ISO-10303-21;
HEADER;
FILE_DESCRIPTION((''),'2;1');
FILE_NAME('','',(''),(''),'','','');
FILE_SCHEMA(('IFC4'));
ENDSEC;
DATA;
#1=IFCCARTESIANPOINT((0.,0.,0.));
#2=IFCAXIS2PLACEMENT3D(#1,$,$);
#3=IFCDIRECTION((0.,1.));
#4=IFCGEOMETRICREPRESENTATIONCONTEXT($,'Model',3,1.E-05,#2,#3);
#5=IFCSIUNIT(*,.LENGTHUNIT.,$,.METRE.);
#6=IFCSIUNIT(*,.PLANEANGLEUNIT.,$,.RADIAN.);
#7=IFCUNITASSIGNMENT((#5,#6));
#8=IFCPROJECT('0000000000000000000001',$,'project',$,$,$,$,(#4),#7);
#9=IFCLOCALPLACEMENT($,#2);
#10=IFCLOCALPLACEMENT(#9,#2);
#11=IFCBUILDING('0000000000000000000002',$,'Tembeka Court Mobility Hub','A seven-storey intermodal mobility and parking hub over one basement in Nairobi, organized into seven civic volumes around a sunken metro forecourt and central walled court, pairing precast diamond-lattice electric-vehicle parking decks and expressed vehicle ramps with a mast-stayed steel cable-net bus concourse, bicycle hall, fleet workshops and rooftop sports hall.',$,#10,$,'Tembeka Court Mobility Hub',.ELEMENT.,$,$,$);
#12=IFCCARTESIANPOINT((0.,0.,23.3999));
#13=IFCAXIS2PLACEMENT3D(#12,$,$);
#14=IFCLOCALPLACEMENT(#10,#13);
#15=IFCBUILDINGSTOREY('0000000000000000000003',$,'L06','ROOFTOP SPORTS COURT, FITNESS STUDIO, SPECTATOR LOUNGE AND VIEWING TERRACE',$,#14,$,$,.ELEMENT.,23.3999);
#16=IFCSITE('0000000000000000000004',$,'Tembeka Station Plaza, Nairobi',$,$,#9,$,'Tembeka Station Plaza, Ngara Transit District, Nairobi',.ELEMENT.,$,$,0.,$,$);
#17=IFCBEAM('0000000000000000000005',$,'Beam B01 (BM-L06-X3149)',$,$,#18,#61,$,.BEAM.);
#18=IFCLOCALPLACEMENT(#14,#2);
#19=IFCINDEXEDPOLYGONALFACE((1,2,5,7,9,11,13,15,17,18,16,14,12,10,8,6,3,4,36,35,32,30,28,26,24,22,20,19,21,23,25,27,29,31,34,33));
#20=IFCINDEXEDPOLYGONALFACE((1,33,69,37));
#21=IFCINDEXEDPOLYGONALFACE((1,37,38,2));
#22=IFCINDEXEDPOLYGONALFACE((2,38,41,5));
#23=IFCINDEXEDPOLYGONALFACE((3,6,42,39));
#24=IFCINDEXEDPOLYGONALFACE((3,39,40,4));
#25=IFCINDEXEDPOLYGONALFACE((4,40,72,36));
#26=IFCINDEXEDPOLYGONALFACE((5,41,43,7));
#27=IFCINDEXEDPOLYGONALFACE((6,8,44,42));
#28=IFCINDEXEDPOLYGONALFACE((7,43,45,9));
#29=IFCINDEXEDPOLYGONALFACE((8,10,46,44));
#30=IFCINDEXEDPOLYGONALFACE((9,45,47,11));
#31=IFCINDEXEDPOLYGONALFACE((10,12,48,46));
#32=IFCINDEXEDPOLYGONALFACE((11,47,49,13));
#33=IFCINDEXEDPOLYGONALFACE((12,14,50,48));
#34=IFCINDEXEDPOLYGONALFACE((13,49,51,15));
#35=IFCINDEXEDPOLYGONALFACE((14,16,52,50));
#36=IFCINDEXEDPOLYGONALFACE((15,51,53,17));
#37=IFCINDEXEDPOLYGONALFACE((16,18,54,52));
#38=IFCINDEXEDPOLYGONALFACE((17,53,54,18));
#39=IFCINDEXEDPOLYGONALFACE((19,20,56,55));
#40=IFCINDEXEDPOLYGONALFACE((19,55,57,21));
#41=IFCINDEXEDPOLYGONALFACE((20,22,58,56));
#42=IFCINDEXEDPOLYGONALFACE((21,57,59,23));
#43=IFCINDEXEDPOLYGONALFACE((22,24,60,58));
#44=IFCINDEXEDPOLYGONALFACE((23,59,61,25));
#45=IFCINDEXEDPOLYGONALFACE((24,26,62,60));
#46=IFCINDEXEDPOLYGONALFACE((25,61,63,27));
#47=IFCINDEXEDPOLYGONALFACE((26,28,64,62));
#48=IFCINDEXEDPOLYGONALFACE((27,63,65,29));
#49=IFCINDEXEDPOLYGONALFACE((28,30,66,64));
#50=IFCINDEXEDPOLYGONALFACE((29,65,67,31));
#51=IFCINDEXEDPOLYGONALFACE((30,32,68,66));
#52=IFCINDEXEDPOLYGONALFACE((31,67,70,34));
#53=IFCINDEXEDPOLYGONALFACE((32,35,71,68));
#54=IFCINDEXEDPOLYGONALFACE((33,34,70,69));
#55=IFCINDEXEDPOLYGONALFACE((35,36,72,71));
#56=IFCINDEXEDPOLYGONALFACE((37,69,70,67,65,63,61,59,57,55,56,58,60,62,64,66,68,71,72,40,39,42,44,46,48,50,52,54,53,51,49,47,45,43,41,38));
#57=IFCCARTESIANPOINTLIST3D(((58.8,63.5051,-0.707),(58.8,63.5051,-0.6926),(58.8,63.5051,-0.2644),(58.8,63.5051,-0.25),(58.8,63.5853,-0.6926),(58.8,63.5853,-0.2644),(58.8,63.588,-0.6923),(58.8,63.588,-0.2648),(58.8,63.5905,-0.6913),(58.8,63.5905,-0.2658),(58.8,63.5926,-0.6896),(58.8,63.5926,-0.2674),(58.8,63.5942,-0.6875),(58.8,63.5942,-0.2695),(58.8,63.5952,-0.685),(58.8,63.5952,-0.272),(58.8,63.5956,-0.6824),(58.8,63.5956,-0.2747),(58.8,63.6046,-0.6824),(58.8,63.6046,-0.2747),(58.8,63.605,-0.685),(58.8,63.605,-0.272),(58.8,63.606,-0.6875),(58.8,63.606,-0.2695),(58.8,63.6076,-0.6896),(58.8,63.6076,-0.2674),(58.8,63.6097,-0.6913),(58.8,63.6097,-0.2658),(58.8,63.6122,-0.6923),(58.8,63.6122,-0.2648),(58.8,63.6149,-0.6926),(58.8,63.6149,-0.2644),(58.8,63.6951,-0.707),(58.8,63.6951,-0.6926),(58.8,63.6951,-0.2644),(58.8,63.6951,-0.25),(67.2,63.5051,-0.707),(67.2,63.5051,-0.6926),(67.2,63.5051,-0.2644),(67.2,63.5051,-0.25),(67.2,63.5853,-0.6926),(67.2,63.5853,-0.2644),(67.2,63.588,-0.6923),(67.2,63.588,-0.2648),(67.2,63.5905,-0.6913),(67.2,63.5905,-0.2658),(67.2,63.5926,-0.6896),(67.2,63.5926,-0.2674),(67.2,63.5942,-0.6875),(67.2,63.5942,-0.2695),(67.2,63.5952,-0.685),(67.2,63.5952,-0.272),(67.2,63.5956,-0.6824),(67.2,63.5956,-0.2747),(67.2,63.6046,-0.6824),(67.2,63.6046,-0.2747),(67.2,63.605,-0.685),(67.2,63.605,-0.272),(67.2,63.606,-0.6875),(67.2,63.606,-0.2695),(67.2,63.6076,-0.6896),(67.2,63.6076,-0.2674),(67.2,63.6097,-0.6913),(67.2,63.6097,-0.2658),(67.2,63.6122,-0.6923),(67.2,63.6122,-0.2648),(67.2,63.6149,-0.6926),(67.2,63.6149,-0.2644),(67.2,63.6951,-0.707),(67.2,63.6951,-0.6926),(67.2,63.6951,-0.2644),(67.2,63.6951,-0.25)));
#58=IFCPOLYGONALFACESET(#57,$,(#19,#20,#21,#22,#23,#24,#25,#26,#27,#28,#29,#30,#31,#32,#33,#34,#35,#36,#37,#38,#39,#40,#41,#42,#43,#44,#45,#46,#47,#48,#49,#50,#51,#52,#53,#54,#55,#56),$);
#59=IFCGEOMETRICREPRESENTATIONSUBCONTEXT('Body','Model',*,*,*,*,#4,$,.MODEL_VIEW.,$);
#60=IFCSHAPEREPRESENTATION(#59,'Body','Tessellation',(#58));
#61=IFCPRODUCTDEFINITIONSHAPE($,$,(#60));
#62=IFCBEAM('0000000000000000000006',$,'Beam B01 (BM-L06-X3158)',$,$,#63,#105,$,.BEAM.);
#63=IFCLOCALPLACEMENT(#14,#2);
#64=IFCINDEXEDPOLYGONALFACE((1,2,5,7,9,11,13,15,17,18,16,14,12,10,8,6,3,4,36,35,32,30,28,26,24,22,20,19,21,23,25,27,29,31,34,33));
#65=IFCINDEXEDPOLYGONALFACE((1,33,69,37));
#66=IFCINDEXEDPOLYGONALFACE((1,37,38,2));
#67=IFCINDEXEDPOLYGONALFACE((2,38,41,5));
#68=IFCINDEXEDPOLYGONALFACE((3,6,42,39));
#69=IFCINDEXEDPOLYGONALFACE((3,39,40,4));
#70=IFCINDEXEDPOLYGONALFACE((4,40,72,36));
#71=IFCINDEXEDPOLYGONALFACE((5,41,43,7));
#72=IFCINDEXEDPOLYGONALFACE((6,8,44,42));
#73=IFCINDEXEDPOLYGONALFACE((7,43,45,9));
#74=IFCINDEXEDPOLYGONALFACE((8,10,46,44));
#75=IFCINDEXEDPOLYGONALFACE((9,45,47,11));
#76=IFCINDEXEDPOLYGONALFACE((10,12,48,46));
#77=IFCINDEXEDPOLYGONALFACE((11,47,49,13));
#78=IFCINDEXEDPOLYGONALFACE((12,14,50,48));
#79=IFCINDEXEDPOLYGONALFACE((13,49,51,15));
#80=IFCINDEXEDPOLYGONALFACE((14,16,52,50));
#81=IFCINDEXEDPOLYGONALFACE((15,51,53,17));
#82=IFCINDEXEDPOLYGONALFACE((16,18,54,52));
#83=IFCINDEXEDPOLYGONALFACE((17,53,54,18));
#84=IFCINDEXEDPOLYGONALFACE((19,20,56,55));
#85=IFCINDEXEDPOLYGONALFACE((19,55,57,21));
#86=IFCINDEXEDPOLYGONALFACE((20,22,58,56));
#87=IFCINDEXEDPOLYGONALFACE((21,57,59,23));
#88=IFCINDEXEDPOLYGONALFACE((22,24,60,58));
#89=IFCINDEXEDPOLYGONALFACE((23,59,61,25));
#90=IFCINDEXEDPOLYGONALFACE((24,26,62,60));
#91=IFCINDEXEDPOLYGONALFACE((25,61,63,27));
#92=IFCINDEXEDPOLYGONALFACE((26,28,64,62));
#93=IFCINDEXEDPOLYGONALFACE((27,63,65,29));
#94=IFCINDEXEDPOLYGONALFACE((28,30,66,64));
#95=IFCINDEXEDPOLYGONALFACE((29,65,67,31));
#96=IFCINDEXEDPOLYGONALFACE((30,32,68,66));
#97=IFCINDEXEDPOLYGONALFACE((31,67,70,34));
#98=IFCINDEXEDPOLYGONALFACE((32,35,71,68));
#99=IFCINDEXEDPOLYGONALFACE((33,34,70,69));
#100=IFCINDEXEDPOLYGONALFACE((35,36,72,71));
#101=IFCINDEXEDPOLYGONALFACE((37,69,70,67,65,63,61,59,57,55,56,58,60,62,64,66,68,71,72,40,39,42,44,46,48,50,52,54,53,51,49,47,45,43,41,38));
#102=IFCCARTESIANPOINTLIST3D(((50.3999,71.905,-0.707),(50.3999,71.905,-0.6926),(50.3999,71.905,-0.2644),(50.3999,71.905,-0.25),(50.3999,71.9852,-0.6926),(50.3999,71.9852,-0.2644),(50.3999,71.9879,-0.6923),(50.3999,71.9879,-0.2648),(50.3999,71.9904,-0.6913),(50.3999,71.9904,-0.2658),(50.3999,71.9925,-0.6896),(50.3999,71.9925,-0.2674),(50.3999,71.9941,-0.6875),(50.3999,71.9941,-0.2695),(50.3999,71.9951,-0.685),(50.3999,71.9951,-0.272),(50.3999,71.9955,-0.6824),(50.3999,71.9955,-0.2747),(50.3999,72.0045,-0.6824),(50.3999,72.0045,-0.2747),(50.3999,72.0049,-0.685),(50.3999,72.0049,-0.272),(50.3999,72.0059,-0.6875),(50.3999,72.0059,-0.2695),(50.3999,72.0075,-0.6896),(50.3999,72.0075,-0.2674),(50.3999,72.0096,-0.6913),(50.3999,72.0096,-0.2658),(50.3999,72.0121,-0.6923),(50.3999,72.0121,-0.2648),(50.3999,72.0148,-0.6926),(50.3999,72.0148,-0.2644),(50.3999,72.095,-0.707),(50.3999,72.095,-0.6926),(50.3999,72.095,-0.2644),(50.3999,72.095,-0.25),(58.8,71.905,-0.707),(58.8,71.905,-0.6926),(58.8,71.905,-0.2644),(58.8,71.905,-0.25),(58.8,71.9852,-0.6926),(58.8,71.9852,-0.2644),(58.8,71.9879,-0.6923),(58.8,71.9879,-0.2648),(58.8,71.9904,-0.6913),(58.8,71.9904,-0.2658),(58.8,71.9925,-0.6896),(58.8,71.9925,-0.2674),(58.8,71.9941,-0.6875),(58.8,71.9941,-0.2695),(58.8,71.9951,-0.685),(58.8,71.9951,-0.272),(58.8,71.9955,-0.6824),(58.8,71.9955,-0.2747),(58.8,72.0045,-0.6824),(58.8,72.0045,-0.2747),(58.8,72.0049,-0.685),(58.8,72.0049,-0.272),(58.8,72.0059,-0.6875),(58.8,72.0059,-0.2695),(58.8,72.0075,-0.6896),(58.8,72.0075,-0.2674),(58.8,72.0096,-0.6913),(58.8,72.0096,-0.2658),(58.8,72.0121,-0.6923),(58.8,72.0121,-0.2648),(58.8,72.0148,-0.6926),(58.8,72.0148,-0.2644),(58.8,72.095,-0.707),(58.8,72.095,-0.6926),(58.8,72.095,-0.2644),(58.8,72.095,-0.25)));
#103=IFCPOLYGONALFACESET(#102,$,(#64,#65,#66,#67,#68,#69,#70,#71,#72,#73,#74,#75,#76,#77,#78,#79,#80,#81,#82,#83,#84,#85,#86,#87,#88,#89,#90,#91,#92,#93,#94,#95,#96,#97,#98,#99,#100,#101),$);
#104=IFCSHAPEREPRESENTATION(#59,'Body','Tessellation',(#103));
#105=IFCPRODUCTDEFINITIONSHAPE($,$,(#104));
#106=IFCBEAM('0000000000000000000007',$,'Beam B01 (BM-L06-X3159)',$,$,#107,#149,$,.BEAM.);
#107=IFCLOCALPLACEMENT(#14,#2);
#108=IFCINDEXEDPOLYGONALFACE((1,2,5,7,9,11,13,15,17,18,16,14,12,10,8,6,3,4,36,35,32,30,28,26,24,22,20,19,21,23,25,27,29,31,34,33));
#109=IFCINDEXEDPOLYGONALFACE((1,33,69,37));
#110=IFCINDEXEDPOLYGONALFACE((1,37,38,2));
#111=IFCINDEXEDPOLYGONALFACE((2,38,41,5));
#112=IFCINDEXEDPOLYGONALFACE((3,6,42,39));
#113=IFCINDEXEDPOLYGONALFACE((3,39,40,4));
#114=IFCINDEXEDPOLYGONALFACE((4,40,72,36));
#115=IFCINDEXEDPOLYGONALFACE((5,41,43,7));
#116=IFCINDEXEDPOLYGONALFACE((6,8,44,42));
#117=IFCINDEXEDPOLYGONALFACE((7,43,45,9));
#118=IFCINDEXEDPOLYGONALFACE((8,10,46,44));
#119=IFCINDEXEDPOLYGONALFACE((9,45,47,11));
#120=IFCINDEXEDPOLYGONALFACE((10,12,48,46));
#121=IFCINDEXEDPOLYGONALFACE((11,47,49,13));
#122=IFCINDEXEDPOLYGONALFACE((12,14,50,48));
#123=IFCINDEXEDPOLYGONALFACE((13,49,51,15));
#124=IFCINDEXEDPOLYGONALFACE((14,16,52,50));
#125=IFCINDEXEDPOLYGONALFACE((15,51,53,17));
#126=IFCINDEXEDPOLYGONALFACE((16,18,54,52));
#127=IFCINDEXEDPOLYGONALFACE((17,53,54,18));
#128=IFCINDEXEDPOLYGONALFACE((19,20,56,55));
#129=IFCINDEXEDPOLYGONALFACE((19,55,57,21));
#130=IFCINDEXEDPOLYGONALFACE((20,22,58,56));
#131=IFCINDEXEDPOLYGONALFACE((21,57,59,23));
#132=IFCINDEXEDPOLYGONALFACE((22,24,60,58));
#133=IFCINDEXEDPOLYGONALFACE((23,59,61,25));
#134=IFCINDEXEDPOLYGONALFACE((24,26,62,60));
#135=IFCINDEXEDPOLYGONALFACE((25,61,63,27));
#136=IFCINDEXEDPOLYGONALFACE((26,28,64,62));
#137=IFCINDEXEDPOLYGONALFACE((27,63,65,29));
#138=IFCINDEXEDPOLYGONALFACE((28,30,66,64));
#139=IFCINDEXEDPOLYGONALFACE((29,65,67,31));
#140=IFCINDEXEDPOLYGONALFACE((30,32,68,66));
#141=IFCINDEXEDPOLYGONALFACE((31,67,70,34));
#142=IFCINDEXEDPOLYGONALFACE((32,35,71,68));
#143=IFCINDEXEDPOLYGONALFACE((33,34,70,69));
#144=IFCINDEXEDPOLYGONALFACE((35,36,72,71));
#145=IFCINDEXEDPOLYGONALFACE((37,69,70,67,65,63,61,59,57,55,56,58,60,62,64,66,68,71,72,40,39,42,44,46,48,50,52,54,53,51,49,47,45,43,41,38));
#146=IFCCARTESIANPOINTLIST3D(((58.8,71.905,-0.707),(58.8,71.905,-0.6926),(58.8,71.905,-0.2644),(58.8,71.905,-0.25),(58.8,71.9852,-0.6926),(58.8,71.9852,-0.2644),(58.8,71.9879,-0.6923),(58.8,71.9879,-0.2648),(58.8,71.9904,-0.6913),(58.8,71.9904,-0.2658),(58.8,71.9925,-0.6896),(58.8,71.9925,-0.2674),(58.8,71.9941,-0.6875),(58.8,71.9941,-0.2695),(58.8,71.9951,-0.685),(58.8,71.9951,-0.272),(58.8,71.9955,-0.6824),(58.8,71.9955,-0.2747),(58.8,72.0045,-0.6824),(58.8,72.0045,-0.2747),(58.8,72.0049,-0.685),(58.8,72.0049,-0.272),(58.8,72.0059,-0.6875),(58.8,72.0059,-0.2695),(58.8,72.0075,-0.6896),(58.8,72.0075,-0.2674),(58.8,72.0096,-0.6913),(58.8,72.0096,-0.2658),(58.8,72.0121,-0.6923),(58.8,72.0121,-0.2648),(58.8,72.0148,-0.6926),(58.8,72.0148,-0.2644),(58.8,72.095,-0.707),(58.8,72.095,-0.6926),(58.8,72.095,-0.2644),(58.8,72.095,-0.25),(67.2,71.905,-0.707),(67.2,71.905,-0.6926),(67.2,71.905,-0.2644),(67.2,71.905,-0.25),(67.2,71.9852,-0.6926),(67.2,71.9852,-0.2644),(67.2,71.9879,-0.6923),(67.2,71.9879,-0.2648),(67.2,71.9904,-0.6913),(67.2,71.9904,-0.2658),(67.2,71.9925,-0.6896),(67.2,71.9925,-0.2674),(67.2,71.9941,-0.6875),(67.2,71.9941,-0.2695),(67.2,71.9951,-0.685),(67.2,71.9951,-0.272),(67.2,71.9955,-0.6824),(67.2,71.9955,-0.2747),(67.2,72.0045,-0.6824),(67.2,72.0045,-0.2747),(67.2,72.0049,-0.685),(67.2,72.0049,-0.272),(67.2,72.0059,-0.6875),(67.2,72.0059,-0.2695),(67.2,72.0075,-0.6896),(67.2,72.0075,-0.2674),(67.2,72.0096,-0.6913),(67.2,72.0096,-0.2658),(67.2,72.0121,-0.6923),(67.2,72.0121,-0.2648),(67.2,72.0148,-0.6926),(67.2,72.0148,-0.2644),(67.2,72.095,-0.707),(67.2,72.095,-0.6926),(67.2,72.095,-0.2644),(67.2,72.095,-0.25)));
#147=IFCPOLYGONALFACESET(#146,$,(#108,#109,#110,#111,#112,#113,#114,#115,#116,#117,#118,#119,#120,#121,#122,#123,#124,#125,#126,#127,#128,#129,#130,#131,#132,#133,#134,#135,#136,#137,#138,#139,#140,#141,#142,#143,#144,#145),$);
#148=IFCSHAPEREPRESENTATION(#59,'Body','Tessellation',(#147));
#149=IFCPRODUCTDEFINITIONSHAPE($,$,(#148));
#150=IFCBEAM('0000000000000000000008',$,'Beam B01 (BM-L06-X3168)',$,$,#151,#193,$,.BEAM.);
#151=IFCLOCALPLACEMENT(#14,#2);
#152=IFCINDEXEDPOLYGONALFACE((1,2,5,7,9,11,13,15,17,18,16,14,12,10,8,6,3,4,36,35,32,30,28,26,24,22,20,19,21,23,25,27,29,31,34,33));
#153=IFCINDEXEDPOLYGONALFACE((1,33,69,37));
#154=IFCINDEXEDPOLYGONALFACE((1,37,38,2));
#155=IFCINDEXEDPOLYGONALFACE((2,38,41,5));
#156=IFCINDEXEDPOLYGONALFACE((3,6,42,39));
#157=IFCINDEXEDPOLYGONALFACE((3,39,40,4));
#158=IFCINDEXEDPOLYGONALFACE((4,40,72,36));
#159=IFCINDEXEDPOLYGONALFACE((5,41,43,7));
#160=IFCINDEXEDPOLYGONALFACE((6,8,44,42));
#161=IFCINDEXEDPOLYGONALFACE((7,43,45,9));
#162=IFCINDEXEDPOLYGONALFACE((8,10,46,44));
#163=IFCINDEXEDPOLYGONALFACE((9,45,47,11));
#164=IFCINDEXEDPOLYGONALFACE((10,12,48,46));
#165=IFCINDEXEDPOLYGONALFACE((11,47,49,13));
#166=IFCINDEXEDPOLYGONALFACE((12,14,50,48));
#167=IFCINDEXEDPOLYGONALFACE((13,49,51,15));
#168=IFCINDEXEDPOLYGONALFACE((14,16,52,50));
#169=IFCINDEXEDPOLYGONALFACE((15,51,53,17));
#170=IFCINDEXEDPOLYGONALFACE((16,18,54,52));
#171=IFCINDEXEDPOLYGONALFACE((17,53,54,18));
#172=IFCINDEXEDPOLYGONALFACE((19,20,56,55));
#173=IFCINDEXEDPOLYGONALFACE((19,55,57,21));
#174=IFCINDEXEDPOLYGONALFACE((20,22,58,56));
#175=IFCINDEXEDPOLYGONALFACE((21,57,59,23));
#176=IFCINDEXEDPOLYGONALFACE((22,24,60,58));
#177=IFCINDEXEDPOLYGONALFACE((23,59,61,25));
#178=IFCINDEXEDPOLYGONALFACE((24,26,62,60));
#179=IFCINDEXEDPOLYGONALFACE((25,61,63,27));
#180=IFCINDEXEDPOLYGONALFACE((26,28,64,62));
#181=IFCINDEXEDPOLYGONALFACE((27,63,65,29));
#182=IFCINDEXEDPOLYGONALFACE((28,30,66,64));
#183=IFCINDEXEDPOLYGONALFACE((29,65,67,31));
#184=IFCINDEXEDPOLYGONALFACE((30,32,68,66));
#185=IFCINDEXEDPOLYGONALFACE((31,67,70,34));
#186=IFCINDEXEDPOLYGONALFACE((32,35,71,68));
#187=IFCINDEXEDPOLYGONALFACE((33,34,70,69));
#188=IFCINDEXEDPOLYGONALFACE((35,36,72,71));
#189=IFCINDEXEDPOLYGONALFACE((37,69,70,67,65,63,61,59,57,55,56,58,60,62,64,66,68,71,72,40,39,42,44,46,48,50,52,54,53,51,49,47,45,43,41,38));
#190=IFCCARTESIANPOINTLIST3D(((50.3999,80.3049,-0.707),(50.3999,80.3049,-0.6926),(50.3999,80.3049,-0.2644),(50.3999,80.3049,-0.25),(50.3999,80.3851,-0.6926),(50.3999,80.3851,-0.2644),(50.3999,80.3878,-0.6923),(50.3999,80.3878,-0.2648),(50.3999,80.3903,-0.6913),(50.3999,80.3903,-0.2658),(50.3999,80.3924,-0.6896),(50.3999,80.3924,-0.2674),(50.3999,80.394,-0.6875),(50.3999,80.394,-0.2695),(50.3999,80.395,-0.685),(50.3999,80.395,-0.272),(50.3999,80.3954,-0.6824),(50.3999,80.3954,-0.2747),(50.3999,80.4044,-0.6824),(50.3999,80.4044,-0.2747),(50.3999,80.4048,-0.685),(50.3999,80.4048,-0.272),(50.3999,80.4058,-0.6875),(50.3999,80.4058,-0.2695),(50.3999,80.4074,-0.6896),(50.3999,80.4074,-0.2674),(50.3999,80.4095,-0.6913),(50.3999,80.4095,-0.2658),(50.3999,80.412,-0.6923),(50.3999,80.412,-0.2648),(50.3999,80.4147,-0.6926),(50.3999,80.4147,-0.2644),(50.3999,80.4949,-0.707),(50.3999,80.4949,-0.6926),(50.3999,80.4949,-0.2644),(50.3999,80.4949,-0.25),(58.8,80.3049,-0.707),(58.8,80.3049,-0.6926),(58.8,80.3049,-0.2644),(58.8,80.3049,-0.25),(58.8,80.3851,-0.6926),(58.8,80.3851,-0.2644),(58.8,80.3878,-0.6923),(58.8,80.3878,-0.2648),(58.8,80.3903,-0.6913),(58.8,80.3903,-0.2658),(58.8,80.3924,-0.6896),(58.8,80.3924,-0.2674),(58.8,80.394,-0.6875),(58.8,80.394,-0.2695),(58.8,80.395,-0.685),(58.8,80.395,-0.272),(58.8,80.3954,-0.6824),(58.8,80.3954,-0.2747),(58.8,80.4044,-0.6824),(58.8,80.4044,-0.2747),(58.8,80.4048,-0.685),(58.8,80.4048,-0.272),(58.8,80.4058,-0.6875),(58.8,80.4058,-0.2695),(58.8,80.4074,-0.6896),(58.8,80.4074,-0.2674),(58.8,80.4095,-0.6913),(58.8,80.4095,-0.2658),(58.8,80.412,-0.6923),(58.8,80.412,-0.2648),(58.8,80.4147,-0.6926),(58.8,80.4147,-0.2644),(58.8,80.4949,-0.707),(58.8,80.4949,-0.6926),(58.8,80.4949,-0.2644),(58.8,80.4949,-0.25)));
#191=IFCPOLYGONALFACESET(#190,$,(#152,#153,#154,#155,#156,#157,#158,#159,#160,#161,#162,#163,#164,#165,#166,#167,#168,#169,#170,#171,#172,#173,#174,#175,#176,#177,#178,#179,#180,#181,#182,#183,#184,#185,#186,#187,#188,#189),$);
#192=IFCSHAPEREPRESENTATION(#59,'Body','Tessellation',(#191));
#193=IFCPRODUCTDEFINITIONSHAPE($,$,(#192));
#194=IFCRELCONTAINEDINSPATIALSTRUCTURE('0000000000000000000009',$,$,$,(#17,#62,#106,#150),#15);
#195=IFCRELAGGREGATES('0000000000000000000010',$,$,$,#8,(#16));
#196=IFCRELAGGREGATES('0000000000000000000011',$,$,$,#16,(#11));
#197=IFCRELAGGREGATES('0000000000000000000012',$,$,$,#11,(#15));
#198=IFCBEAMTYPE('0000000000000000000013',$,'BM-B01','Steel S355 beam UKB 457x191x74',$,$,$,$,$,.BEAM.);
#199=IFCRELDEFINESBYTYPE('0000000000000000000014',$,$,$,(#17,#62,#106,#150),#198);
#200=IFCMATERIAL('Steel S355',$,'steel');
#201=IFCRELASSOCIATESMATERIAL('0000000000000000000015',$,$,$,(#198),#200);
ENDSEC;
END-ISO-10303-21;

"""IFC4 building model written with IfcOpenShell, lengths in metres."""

from ifc_helpers import new_model, si_unit, direction, frame, origin, origin_2d, place, context, subcontext, project, spatial, i_section, extrude, material, material_profile, profile_set, type_object, element, save


model = new_model("IFC4")

# Units and contexts
model_context = context("Model", 3, precision=1e-05, world=origin(), true_north=direction((0.0, 1.0)))
body_context = subcontext(model_context, "Body", "Model", "MODEL_VIEW")
ifc_project = project(units=[si_unit("LENGTHUNIT", "METRE"), si_unit("PLANEANGLEUNIT", "RADIAN")], contexts=[model_context])

# Site, building, storey
site_placement = place(None, origin())
site = spatial("IfcSite", under=ifc_project, at=site_placement, Name="Tembeka Station Plaza, Nairobi", LongName="Tembeka Station Plaza, Ngara Transit District, Nairobi", CompositionType="ELEMENT", RefElevation=0.0)
building_placement = place(site_placement, origin())
building = spatial("IfcBuilding", under=site, at=building_placement, Name="Tembeka Court Mobility Hub", Description="A seven-storey intermodal mobility and parking hub over one basement in Nairobi, organized into seven civic volumes around a sunken metro forecourt and central walled court, pairing precast diamond-lattice electric-vehicle parking decks and expressed vehicle ramps with a mast-stayed steel cable-net bus concourse, bicycle hall, fleet workshops and rooftop sports hall.", LongName="Tembeka Court Mobility Hub", CompositionType="ELEMENT")
storey_placement = place(building_placement, frame((0.0, 0.0, 23.3999)))
storey = spatial("IfcBuildingStorey", under=building, at=storey_placement, Name="L06", Description="ROOFTOP SPORTS COURT, FITNESS STUDIO, SPECTATOR LOUNGE AND VIEWING TERRACE", CompositionType="ELEMENT", Elevation=23.3999)

# Shared definitions
ifc_material_1 = material(Name="Steel S355", Category="steel")

# Beams
ifc_material_profile_1 = material_profile(ifc_material_1, i_section(OverallWidth=0.1899, OverallDepth=0.457, WebThickness=0.009, FlangeThickness=0.0144, FilletRadius=0.0103, at=origin_2d()), Name="UKB 457x191x74")
ifc_profile_set_1 = profile_set([ifc_material_profile_1], Name="Steel S355")
beam_type_1 = type_object("IfcBeamType", Name="BM-B01", Description="Steel S355 beam UKB 457x191x74", PredefinedType="BEAM", material=ifc_profile_set_1)
beam_1_placement = place(storey_placement, frame((58.8, 63.6001, -0.4785), z_axis=(1.0, 0.0, 0.0), x_axis=(0.0, 1.0, 0.0)))
element("IfcBeam", 1, at=beam_1_placement, inside=storey, type_object=beam_type_1, Name="Beam B01 (BM-L06-X3149)", PredefinedType="BEAM", context=body_context, shape_type="SweptSolid", body=[
    extrude(i_section(OverallWidth=0.1899, OverallDepth=0.457, WebThickness=0.009, FlangeThickness=0.0144, FilletRadius=0.0103, at=origin_2d()), origin(), (0.0, 0.0, 1.0), 8.3999),
])
beam_2_placement = place(storey_placement, frame((50.3999, 72.0, -0.4785), z_axis=(1.0, 0.0, 0.0), x_axis=(0.0, 1.0, 0.0)))
element("IfcBeam", 2, at=beam_2_placement, inside=storey, type_object=beam_type_1, Name="Beam B01 (BM-L06-X3158)", PredefinedType="BEAM", context=body_context, shape_type="SweptSolid", body=[
    extrude(i_section(OverallWidth=0.1899, OverallDepth=0.457, WebThickness=0.009, FlangeThickness=0.0144, FilletRadius=0.0103, at=origin_2d()), origin(), (0.0, 0.0, 1.0), 8.4001),
])
beam_3_placement = place(storey_placement, frame((58.8, 72.0, -0.4785), z_axis=(1.0, 0.0, 0.0), x_axis=(0.0, 1.0, 0.0)))
element("IfcBeam", 3, at=beam_3_placement, inside=storey, type_object=beam_type_1, Name="Beam B01 (BM-L06-X3159)", PredefinedType="BEAM", context=body_context, shape_type="SweptSolid", body=[
    extrude(i_section(OverallWidth=0.1899, OverallDepth=0.457, WebThickness=0.009, FlangeThickness=0.0144, FilletRadius=0.0103, at=origin_2d()), origin(), (0.0, 0.0, 1.0), 8.3999),
])
beam_4_placement = place(storey_placement, frame((50.3999, 80.3999, -0.4785), z_axis=(1.0, 0.0, 0.0), x_axis=(0.0, 1.0, 0.0)))
element("IfcBeam", 4, at=beam_4_placement, inside=storey, type_object=beam_type_1, Name="Beam B01 (BM-L06-X3168)", PredefinedType="BEAM", context=body_context, shape_type="SweptSolid", body=[
    extrude(i_section(OverallWidth=0.1899, OverallDepth=0.457, WebThickness=0.009, FlangeThickness=0.0144, FilletRadius=0.0103, at=origin_2d()), origin(), (0.0, 0.0, 1.0), 8.4001),
])

save(model, "model.ifc")
